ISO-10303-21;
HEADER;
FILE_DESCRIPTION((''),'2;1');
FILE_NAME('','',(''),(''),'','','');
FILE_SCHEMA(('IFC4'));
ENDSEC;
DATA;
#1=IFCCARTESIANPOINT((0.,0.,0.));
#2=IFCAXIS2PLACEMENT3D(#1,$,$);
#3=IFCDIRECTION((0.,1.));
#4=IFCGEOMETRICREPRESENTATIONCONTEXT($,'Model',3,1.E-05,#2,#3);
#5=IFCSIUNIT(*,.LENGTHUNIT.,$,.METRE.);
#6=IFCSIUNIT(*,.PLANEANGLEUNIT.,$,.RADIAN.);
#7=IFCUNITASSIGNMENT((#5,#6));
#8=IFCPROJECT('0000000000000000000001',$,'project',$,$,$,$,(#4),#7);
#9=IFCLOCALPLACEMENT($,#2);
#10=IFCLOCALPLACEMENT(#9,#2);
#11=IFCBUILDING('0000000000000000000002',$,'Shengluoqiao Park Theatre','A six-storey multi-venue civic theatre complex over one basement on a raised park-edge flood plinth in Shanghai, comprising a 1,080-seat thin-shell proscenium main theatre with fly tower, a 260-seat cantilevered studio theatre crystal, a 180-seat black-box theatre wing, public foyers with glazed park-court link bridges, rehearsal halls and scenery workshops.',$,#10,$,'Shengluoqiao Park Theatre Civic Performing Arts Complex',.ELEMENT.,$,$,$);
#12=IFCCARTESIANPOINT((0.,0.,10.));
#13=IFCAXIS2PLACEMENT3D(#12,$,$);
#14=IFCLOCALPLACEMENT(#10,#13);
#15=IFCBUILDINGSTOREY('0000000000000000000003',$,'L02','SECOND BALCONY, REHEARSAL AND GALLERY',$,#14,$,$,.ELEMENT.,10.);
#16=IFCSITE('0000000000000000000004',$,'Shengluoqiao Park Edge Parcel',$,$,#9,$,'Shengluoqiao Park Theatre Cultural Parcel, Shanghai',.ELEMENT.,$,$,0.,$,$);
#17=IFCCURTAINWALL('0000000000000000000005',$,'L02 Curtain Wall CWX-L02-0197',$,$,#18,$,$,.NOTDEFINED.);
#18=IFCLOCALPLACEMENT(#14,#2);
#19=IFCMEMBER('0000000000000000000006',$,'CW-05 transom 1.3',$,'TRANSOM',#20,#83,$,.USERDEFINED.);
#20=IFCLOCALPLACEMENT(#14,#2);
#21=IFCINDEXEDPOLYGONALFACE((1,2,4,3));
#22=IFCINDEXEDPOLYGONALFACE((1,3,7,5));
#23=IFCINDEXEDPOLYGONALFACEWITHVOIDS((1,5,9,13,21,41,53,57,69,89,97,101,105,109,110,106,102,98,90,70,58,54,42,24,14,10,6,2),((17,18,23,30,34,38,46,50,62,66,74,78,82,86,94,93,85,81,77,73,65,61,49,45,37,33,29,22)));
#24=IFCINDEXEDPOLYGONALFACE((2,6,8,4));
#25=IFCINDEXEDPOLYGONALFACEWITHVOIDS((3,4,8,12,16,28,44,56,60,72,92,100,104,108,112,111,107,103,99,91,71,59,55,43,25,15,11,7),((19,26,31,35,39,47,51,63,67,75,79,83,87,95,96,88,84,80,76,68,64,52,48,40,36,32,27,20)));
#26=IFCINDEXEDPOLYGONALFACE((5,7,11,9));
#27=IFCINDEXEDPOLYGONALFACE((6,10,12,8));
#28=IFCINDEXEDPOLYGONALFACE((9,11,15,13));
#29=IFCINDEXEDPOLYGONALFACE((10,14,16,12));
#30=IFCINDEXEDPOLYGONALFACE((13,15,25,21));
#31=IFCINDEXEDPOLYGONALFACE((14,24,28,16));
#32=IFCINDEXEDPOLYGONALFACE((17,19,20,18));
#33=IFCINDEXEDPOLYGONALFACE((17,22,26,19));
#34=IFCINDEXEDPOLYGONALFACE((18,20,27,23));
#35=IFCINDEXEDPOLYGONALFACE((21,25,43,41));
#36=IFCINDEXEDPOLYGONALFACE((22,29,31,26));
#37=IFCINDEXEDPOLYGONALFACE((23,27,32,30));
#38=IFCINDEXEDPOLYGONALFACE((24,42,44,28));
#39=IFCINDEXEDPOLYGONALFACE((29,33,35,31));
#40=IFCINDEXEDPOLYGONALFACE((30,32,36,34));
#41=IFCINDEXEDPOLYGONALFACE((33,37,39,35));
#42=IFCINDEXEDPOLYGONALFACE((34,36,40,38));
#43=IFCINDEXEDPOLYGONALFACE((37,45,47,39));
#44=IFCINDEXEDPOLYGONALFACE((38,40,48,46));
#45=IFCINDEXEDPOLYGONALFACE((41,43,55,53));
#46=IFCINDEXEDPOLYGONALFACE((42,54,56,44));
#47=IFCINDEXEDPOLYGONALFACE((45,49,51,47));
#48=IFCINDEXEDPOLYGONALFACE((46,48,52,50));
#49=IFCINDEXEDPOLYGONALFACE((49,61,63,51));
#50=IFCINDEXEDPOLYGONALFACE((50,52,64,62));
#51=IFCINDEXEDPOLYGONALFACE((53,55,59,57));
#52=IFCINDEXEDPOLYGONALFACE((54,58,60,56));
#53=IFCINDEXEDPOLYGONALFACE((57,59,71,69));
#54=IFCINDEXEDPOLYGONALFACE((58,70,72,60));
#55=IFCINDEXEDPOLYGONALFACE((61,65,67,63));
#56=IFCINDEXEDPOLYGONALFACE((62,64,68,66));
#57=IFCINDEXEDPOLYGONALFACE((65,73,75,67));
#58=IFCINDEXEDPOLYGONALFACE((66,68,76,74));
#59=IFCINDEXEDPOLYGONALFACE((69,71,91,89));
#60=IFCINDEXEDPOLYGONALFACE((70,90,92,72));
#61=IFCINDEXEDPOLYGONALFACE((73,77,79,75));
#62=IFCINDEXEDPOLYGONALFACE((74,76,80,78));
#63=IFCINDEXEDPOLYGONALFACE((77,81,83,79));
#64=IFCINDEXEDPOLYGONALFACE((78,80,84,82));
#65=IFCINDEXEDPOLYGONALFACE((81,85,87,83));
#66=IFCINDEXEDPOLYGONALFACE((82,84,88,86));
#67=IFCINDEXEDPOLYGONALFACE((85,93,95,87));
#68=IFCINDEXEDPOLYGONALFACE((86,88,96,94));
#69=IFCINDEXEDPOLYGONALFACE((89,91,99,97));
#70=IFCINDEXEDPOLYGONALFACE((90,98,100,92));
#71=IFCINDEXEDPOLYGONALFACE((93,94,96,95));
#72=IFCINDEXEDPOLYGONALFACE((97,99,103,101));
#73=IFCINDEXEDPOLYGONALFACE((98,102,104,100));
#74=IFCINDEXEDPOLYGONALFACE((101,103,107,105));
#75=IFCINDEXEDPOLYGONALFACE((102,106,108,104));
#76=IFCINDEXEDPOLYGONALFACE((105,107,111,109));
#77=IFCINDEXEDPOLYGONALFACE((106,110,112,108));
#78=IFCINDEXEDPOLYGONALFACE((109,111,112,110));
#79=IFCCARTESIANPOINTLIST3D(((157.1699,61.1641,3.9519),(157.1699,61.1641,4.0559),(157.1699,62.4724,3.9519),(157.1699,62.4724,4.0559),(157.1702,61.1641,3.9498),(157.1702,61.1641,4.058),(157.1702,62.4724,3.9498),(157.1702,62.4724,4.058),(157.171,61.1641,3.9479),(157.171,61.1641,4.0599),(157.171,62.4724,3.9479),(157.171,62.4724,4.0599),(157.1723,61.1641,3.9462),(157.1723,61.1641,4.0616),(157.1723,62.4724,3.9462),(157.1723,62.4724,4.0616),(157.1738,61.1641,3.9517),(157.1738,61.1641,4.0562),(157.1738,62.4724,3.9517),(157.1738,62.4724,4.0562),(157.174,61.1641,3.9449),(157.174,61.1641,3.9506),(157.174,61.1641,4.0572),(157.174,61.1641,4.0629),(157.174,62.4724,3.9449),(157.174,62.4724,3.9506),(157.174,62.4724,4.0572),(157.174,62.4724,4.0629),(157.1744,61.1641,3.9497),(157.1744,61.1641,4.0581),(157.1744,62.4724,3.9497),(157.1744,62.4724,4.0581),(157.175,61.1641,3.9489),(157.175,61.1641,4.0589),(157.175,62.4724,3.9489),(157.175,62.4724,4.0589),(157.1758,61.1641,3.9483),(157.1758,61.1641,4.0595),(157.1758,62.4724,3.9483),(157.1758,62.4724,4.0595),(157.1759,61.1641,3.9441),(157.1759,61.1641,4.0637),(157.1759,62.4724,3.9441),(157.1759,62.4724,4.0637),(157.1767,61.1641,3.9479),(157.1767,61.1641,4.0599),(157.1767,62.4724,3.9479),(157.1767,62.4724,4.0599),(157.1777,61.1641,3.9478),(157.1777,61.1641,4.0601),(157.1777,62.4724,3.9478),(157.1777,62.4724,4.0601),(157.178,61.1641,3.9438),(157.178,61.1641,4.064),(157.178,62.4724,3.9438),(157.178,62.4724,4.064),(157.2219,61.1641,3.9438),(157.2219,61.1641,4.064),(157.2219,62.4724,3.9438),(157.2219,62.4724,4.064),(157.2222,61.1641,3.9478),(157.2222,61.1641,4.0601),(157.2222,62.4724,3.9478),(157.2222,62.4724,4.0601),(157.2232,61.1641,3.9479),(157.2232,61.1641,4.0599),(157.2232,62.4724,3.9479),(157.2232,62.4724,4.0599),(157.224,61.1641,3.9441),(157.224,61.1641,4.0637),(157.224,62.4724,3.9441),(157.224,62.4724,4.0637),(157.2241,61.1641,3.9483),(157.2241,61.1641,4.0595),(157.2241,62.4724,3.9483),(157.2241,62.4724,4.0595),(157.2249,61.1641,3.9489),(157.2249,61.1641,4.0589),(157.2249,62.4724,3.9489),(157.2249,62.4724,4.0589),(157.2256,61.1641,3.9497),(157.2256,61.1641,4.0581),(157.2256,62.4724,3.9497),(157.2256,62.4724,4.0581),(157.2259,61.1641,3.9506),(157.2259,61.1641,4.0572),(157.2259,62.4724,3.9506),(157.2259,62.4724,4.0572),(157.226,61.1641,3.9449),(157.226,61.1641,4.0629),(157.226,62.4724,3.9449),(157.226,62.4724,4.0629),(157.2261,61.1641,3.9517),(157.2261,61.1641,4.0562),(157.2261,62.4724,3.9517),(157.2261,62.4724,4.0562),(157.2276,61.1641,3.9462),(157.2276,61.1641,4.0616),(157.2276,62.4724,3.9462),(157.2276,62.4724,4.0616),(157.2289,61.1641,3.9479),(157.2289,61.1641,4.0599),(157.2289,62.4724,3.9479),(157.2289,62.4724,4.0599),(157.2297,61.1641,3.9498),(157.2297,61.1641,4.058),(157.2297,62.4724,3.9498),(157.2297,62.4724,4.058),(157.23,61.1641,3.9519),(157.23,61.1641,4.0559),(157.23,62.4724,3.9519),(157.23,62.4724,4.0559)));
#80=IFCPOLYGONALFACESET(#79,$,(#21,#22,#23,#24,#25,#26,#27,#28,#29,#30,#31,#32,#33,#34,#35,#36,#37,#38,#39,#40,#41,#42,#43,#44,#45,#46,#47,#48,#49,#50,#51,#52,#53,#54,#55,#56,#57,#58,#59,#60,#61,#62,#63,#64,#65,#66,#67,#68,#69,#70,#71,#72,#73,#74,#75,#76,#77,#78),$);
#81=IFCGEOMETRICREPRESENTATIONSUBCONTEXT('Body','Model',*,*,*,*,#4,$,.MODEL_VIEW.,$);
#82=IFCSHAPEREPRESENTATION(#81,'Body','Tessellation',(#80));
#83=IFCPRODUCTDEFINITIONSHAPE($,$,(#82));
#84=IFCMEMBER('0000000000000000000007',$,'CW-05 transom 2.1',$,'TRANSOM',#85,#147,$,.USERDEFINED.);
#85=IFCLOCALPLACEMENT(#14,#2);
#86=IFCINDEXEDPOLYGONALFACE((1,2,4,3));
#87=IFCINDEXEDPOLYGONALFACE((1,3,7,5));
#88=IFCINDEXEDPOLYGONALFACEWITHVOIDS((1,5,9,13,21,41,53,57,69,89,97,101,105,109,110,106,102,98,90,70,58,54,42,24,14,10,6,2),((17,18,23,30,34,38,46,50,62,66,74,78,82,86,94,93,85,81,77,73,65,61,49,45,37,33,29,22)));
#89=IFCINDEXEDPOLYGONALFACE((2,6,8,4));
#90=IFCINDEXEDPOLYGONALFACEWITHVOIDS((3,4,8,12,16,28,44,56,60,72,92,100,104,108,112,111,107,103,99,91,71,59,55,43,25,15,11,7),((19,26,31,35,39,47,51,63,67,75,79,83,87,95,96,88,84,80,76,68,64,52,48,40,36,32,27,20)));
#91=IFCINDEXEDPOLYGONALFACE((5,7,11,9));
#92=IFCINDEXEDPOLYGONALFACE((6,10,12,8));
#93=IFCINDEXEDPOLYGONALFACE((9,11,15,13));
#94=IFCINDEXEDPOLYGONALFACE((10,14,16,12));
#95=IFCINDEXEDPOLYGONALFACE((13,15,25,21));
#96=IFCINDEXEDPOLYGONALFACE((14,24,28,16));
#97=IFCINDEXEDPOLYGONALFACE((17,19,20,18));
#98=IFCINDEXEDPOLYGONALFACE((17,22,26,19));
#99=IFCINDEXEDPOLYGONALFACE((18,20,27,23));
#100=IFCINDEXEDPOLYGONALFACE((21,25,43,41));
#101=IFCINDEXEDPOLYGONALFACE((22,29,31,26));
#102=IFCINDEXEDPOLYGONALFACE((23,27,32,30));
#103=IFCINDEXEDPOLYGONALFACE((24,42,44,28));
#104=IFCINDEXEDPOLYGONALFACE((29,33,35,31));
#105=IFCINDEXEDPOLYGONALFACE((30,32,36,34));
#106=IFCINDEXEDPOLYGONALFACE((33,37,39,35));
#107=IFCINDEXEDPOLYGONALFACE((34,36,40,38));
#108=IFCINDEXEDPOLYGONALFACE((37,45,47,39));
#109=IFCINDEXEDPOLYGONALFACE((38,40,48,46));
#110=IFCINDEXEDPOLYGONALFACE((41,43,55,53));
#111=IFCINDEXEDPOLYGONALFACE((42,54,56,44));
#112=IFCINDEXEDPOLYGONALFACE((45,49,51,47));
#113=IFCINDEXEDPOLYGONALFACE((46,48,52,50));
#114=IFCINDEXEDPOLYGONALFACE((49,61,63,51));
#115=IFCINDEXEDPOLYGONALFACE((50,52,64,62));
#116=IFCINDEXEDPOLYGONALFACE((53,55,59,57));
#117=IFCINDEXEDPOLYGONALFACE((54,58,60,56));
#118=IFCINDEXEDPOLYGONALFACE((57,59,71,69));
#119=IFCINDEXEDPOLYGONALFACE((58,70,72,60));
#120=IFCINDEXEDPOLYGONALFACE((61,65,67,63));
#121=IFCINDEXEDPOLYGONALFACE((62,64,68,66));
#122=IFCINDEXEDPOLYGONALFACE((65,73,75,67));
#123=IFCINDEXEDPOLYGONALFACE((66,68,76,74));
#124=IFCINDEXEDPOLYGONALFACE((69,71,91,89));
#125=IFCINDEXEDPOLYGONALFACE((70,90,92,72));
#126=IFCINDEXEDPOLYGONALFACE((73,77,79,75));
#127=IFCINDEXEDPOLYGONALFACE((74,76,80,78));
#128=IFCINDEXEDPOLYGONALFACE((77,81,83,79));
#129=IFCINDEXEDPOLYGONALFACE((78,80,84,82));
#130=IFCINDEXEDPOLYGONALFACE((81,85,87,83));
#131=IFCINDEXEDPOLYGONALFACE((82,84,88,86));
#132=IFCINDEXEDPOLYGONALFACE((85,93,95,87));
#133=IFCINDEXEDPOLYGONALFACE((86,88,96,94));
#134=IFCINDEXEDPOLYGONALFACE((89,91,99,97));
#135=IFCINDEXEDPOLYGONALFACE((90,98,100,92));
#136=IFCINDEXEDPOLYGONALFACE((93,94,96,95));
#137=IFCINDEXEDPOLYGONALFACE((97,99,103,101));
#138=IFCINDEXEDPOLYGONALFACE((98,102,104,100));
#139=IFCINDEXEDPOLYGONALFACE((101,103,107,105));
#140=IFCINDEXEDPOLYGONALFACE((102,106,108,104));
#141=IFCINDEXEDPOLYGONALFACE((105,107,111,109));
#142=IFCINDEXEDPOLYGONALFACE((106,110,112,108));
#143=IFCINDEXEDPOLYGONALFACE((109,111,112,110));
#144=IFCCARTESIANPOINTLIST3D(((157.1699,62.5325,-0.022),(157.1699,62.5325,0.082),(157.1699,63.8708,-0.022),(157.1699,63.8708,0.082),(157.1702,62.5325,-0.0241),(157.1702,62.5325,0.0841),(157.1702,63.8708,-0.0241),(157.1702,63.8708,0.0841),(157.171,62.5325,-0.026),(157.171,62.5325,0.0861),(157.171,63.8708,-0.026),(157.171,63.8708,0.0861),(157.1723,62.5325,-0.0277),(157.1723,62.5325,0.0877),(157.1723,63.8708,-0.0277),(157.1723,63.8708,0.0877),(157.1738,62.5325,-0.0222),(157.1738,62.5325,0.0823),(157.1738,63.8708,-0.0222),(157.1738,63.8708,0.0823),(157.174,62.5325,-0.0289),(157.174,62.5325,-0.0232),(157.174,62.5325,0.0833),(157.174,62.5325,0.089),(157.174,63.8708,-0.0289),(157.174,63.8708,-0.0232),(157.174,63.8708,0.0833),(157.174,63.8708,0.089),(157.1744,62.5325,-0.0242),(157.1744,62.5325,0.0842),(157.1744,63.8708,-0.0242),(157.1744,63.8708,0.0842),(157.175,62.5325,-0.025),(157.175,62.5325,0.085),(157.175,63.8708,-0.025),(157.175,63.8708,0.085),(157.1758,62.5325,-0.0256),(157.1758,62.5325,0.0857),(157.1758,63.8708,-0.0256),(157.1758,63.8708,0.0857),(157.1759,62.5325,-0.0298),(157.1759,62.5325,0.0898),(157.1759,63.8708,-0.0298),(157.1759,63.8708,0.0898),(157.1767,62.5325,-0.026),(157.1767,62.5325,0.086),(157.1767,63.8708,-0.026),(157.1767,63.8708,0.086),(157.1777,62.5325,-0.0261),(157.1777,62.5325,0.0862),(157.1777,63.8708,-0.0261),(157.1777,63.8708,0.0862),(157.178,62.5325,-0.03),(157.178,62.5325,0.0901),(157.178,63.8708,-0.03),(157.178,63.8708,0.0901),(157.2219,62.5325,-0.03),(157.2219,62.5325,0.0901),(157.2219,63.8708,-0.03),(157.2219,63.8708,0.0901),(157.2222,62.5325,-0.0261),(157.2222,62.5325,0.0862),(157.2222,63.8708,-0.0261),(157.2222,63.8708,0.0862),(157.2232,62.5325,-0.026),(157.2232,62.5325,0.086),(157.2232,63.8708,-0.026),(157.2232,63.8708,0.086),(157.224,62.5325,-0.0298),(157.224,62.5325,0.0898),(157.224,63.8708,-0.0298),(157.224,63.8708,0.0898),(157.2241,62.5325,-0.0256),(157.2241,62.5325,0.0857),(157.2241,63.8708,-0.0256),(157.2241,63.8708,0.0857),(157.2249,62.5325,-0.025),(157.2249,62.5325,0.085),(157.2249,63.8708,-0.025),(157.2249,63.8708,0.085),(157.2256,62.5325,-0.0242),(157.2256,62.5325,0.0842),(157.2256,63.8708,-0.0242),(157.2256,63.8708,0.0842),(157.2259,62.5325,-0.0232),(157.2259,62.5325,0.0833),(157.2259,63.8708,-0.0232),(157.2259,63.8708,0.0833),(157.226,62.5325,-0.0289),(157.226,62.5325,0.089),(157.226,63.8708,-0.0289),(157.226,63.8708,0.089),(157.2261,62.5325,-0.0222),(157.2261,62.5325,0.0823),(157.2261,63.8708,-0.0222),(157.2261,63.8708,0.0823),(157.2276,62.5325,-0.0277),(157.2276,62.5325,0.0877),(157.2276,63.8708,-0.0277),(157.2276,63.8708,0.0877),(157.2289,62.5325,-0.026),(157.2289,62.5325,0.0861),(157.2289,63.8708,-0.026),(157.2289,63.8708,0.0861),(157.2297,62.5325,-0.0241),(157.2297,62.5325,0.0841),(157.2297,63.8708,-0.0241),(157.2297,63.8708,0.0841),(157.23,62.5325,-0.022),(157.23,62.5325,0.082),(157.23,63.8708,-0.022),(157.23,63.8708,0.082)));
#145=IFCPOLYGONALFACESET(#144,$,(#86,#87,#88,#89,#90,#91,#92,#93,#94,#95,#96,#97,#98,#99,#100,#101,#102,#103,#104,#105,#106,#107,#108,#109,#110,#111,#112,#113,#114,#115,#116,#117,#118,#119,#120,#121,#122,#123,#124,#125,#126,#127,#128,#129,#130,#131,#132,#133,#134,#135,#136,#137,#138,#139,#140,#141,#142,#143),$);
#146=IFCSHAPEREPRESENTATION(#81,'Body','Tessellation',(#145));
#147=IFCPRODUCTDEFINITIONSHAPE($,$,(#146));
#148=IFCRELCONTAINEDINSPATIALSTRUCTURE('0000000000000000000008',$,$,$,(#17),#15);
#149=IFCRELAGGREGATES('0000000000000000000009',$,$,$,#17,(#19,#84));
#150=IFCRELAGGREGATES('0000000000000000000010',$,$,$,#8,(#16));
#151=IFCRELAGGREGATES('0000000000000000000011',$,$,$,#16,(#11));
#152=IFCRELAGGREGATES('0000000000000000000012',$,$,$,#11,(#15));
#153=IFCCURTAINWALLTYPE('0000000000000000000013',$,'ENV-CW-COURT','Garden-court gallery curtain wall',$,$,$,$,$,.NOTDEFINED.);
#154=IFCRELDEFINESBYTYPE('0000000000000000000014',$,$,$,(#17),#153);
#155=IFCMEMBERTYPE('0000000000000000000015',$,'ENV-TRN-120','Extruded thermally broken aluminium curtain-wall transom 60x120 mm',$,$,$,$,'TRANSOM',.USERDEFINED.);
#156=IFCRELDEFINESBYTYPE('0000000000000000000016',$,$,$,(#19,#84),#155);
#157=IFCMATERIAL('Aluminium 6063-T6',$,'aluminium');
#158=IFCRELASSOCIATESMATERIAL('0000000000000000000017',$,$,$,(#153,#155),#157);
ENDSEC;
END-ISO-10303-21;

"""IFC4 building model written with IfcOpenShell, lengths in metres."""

from ifc_helpers import new_model, si_unit, direction, frame, origin, origin_2d, place, context, subcontext, project, spatial, hollow_rectangle, extrude, material, material_profile, profile_set, type_object, element, aggregate, save


model = new_model("IFC4")

# Units and contexts
model_context = context("Model", 3, precision=1e-05, world=origin(), true_north=direction((0.0, 1.0)))
body_context = subcontext(model_context, "Body", "Model", "MODEL_VIEW")
ifc_project = project(units=[si_unit("LENGTHUNIT", "METRE"), si_unit("PLANEANGLEUNIT", "RADIAN")], contexts=[model_context])

# Site, building, storey
site_placement = place(None, origin())
site = spatial("IfcSite", under=ifc_project, at=site_placement, Name="Shengluoqiao Park Edge Parcel", LongName="Shengluoqiao Park Theatre Cultural Parcel, Shanghai", CompositionType="ELEMENT", RefElevation=0.0)
building_placement = place(site_placement, origin())
building = spatial("IfcBuilding", under=site, at=building_placement, Name="Shengluoqiao Park Theatre", Description="A six-storey multi-venue civic theatre complex over one basement on a raised park-edge flood plinth in Shanghai, comprising a 1,080-seat thin-shell proscenium main theatre with fly tower, a 260-seat cantilevered studio theatre crystal, a 180-seat black-box theatre wing, public foyers with glazed park-court link bridges, rehearsal halls and scenery workshops.", LongName="Shengluoqiao Park Theatre Civic Performing Arts Complex", CompositionType="ELEMENT")
storey_placement = place(building_placement, frame((0.0, 0.0, 10.0)))
storey = spatial("IfcBuildingStorey", under=building, at=storey_placement, Name="L02", Description="SECOND BALCONY, REHEARSAL AND GALLERY", CompositionType="ELEMENT", Elevation=10.0)

# Shared definitions
ifc_material_1 = material(Name="Aluminium 6063-T6", Category="aluminium")
curtain_wall_type = type_object("IfcCurtainWallType", Name="ENV-CW-COURT", Description="Garden-court gallery curtain wall", PredefinedType="NOTDEFINED", material=ifc_material_1)

# Curtain wall, members
curtain_wall_1_placement = place(storey_placement, origin())
curtain_wall_1 = element("IfcCurtainWall", 1, at=curtain_wall_1_placement, inside=storey, type_object=curtain_wall_type, Name="L02 Curtain Wall CWX-L02-0197", PredefinedType="NOTDEFINED")
ifc_material_profile_1 = material_profile(ifc_material_1, hollow_rectangle(XDim=0.0601, YDim=0.1201, WallThickness=0.0039, InnerFilletRadius=0.0039, OuterFilletRadius=0.0081, at=origin_2d()), Name="ALU TRANSOM 120x60x4")
ifc_profile_set_1 = profile_set([ifc_material_profile_1], Name="Aluminium 6063-T6")
member_type_1 = type_object("IfcMemberType", Name="ENV-TRN-120", Description="Extruded thermally broken aluminium curtain-wall transom 60x120 mm", ElementType="TRANSOM", PredefinedType="USERDEFINED", material=ifc_profile_set_1)
member_1_placement = place(storey_placement, frame((157.2, 61.1641, 4.0039), z_axis=(0.0, 1.0, 0.0), x_axis=(-1.0, 0.0, 0.0)))
member_1 = element("IfcMember", 2, at=member_1_placement, type_object=member_type_1, Name="CW-05 transom 1.3", ObjectType="TRANSOM", PredefinedType="USERDEFINED", context=body_context, shape_type="SweptSolid", body=[
    extrude(hollow_rectangle(XDim=0.0601, YDim=0.1201, WallThickness=0.0039, InnerFilletRadius=0.0039, OuterFilletRadius=0.0081, at=origin_2d()), origin(), (0.0, 0.0, 1.0), 1.3083),
])
member_2_placement = place(storey_placement, frame((157.2, 62.5325, 0.03), z_axis=(0.0, 1.0, 0.0), x_axis=(-1.0, 0.0, 0.0)))
member_2 = element("IfcMember", 3, at=member_2_placement, type_object=member_type_1, Name="CW-05 transom 2.1", ObjectType="TRANSOM", PredefinedType="USERDEFINED", context=body_context, shape_type="SweptSolid", body=[
    extrude(hollow_rectangle(XDim=0.0601, YDim=0.1201, WallThickness=0.0039, InnerFilletRadius=0.0039, OuterFilletRadius=0.0081, at=origin_2d()), origin(), (0.0, 0.0, 1.0), 1.3384),
])

aggregate(curtain_wall_1, [member_1, member_2])

save(model, "model.ifc")
